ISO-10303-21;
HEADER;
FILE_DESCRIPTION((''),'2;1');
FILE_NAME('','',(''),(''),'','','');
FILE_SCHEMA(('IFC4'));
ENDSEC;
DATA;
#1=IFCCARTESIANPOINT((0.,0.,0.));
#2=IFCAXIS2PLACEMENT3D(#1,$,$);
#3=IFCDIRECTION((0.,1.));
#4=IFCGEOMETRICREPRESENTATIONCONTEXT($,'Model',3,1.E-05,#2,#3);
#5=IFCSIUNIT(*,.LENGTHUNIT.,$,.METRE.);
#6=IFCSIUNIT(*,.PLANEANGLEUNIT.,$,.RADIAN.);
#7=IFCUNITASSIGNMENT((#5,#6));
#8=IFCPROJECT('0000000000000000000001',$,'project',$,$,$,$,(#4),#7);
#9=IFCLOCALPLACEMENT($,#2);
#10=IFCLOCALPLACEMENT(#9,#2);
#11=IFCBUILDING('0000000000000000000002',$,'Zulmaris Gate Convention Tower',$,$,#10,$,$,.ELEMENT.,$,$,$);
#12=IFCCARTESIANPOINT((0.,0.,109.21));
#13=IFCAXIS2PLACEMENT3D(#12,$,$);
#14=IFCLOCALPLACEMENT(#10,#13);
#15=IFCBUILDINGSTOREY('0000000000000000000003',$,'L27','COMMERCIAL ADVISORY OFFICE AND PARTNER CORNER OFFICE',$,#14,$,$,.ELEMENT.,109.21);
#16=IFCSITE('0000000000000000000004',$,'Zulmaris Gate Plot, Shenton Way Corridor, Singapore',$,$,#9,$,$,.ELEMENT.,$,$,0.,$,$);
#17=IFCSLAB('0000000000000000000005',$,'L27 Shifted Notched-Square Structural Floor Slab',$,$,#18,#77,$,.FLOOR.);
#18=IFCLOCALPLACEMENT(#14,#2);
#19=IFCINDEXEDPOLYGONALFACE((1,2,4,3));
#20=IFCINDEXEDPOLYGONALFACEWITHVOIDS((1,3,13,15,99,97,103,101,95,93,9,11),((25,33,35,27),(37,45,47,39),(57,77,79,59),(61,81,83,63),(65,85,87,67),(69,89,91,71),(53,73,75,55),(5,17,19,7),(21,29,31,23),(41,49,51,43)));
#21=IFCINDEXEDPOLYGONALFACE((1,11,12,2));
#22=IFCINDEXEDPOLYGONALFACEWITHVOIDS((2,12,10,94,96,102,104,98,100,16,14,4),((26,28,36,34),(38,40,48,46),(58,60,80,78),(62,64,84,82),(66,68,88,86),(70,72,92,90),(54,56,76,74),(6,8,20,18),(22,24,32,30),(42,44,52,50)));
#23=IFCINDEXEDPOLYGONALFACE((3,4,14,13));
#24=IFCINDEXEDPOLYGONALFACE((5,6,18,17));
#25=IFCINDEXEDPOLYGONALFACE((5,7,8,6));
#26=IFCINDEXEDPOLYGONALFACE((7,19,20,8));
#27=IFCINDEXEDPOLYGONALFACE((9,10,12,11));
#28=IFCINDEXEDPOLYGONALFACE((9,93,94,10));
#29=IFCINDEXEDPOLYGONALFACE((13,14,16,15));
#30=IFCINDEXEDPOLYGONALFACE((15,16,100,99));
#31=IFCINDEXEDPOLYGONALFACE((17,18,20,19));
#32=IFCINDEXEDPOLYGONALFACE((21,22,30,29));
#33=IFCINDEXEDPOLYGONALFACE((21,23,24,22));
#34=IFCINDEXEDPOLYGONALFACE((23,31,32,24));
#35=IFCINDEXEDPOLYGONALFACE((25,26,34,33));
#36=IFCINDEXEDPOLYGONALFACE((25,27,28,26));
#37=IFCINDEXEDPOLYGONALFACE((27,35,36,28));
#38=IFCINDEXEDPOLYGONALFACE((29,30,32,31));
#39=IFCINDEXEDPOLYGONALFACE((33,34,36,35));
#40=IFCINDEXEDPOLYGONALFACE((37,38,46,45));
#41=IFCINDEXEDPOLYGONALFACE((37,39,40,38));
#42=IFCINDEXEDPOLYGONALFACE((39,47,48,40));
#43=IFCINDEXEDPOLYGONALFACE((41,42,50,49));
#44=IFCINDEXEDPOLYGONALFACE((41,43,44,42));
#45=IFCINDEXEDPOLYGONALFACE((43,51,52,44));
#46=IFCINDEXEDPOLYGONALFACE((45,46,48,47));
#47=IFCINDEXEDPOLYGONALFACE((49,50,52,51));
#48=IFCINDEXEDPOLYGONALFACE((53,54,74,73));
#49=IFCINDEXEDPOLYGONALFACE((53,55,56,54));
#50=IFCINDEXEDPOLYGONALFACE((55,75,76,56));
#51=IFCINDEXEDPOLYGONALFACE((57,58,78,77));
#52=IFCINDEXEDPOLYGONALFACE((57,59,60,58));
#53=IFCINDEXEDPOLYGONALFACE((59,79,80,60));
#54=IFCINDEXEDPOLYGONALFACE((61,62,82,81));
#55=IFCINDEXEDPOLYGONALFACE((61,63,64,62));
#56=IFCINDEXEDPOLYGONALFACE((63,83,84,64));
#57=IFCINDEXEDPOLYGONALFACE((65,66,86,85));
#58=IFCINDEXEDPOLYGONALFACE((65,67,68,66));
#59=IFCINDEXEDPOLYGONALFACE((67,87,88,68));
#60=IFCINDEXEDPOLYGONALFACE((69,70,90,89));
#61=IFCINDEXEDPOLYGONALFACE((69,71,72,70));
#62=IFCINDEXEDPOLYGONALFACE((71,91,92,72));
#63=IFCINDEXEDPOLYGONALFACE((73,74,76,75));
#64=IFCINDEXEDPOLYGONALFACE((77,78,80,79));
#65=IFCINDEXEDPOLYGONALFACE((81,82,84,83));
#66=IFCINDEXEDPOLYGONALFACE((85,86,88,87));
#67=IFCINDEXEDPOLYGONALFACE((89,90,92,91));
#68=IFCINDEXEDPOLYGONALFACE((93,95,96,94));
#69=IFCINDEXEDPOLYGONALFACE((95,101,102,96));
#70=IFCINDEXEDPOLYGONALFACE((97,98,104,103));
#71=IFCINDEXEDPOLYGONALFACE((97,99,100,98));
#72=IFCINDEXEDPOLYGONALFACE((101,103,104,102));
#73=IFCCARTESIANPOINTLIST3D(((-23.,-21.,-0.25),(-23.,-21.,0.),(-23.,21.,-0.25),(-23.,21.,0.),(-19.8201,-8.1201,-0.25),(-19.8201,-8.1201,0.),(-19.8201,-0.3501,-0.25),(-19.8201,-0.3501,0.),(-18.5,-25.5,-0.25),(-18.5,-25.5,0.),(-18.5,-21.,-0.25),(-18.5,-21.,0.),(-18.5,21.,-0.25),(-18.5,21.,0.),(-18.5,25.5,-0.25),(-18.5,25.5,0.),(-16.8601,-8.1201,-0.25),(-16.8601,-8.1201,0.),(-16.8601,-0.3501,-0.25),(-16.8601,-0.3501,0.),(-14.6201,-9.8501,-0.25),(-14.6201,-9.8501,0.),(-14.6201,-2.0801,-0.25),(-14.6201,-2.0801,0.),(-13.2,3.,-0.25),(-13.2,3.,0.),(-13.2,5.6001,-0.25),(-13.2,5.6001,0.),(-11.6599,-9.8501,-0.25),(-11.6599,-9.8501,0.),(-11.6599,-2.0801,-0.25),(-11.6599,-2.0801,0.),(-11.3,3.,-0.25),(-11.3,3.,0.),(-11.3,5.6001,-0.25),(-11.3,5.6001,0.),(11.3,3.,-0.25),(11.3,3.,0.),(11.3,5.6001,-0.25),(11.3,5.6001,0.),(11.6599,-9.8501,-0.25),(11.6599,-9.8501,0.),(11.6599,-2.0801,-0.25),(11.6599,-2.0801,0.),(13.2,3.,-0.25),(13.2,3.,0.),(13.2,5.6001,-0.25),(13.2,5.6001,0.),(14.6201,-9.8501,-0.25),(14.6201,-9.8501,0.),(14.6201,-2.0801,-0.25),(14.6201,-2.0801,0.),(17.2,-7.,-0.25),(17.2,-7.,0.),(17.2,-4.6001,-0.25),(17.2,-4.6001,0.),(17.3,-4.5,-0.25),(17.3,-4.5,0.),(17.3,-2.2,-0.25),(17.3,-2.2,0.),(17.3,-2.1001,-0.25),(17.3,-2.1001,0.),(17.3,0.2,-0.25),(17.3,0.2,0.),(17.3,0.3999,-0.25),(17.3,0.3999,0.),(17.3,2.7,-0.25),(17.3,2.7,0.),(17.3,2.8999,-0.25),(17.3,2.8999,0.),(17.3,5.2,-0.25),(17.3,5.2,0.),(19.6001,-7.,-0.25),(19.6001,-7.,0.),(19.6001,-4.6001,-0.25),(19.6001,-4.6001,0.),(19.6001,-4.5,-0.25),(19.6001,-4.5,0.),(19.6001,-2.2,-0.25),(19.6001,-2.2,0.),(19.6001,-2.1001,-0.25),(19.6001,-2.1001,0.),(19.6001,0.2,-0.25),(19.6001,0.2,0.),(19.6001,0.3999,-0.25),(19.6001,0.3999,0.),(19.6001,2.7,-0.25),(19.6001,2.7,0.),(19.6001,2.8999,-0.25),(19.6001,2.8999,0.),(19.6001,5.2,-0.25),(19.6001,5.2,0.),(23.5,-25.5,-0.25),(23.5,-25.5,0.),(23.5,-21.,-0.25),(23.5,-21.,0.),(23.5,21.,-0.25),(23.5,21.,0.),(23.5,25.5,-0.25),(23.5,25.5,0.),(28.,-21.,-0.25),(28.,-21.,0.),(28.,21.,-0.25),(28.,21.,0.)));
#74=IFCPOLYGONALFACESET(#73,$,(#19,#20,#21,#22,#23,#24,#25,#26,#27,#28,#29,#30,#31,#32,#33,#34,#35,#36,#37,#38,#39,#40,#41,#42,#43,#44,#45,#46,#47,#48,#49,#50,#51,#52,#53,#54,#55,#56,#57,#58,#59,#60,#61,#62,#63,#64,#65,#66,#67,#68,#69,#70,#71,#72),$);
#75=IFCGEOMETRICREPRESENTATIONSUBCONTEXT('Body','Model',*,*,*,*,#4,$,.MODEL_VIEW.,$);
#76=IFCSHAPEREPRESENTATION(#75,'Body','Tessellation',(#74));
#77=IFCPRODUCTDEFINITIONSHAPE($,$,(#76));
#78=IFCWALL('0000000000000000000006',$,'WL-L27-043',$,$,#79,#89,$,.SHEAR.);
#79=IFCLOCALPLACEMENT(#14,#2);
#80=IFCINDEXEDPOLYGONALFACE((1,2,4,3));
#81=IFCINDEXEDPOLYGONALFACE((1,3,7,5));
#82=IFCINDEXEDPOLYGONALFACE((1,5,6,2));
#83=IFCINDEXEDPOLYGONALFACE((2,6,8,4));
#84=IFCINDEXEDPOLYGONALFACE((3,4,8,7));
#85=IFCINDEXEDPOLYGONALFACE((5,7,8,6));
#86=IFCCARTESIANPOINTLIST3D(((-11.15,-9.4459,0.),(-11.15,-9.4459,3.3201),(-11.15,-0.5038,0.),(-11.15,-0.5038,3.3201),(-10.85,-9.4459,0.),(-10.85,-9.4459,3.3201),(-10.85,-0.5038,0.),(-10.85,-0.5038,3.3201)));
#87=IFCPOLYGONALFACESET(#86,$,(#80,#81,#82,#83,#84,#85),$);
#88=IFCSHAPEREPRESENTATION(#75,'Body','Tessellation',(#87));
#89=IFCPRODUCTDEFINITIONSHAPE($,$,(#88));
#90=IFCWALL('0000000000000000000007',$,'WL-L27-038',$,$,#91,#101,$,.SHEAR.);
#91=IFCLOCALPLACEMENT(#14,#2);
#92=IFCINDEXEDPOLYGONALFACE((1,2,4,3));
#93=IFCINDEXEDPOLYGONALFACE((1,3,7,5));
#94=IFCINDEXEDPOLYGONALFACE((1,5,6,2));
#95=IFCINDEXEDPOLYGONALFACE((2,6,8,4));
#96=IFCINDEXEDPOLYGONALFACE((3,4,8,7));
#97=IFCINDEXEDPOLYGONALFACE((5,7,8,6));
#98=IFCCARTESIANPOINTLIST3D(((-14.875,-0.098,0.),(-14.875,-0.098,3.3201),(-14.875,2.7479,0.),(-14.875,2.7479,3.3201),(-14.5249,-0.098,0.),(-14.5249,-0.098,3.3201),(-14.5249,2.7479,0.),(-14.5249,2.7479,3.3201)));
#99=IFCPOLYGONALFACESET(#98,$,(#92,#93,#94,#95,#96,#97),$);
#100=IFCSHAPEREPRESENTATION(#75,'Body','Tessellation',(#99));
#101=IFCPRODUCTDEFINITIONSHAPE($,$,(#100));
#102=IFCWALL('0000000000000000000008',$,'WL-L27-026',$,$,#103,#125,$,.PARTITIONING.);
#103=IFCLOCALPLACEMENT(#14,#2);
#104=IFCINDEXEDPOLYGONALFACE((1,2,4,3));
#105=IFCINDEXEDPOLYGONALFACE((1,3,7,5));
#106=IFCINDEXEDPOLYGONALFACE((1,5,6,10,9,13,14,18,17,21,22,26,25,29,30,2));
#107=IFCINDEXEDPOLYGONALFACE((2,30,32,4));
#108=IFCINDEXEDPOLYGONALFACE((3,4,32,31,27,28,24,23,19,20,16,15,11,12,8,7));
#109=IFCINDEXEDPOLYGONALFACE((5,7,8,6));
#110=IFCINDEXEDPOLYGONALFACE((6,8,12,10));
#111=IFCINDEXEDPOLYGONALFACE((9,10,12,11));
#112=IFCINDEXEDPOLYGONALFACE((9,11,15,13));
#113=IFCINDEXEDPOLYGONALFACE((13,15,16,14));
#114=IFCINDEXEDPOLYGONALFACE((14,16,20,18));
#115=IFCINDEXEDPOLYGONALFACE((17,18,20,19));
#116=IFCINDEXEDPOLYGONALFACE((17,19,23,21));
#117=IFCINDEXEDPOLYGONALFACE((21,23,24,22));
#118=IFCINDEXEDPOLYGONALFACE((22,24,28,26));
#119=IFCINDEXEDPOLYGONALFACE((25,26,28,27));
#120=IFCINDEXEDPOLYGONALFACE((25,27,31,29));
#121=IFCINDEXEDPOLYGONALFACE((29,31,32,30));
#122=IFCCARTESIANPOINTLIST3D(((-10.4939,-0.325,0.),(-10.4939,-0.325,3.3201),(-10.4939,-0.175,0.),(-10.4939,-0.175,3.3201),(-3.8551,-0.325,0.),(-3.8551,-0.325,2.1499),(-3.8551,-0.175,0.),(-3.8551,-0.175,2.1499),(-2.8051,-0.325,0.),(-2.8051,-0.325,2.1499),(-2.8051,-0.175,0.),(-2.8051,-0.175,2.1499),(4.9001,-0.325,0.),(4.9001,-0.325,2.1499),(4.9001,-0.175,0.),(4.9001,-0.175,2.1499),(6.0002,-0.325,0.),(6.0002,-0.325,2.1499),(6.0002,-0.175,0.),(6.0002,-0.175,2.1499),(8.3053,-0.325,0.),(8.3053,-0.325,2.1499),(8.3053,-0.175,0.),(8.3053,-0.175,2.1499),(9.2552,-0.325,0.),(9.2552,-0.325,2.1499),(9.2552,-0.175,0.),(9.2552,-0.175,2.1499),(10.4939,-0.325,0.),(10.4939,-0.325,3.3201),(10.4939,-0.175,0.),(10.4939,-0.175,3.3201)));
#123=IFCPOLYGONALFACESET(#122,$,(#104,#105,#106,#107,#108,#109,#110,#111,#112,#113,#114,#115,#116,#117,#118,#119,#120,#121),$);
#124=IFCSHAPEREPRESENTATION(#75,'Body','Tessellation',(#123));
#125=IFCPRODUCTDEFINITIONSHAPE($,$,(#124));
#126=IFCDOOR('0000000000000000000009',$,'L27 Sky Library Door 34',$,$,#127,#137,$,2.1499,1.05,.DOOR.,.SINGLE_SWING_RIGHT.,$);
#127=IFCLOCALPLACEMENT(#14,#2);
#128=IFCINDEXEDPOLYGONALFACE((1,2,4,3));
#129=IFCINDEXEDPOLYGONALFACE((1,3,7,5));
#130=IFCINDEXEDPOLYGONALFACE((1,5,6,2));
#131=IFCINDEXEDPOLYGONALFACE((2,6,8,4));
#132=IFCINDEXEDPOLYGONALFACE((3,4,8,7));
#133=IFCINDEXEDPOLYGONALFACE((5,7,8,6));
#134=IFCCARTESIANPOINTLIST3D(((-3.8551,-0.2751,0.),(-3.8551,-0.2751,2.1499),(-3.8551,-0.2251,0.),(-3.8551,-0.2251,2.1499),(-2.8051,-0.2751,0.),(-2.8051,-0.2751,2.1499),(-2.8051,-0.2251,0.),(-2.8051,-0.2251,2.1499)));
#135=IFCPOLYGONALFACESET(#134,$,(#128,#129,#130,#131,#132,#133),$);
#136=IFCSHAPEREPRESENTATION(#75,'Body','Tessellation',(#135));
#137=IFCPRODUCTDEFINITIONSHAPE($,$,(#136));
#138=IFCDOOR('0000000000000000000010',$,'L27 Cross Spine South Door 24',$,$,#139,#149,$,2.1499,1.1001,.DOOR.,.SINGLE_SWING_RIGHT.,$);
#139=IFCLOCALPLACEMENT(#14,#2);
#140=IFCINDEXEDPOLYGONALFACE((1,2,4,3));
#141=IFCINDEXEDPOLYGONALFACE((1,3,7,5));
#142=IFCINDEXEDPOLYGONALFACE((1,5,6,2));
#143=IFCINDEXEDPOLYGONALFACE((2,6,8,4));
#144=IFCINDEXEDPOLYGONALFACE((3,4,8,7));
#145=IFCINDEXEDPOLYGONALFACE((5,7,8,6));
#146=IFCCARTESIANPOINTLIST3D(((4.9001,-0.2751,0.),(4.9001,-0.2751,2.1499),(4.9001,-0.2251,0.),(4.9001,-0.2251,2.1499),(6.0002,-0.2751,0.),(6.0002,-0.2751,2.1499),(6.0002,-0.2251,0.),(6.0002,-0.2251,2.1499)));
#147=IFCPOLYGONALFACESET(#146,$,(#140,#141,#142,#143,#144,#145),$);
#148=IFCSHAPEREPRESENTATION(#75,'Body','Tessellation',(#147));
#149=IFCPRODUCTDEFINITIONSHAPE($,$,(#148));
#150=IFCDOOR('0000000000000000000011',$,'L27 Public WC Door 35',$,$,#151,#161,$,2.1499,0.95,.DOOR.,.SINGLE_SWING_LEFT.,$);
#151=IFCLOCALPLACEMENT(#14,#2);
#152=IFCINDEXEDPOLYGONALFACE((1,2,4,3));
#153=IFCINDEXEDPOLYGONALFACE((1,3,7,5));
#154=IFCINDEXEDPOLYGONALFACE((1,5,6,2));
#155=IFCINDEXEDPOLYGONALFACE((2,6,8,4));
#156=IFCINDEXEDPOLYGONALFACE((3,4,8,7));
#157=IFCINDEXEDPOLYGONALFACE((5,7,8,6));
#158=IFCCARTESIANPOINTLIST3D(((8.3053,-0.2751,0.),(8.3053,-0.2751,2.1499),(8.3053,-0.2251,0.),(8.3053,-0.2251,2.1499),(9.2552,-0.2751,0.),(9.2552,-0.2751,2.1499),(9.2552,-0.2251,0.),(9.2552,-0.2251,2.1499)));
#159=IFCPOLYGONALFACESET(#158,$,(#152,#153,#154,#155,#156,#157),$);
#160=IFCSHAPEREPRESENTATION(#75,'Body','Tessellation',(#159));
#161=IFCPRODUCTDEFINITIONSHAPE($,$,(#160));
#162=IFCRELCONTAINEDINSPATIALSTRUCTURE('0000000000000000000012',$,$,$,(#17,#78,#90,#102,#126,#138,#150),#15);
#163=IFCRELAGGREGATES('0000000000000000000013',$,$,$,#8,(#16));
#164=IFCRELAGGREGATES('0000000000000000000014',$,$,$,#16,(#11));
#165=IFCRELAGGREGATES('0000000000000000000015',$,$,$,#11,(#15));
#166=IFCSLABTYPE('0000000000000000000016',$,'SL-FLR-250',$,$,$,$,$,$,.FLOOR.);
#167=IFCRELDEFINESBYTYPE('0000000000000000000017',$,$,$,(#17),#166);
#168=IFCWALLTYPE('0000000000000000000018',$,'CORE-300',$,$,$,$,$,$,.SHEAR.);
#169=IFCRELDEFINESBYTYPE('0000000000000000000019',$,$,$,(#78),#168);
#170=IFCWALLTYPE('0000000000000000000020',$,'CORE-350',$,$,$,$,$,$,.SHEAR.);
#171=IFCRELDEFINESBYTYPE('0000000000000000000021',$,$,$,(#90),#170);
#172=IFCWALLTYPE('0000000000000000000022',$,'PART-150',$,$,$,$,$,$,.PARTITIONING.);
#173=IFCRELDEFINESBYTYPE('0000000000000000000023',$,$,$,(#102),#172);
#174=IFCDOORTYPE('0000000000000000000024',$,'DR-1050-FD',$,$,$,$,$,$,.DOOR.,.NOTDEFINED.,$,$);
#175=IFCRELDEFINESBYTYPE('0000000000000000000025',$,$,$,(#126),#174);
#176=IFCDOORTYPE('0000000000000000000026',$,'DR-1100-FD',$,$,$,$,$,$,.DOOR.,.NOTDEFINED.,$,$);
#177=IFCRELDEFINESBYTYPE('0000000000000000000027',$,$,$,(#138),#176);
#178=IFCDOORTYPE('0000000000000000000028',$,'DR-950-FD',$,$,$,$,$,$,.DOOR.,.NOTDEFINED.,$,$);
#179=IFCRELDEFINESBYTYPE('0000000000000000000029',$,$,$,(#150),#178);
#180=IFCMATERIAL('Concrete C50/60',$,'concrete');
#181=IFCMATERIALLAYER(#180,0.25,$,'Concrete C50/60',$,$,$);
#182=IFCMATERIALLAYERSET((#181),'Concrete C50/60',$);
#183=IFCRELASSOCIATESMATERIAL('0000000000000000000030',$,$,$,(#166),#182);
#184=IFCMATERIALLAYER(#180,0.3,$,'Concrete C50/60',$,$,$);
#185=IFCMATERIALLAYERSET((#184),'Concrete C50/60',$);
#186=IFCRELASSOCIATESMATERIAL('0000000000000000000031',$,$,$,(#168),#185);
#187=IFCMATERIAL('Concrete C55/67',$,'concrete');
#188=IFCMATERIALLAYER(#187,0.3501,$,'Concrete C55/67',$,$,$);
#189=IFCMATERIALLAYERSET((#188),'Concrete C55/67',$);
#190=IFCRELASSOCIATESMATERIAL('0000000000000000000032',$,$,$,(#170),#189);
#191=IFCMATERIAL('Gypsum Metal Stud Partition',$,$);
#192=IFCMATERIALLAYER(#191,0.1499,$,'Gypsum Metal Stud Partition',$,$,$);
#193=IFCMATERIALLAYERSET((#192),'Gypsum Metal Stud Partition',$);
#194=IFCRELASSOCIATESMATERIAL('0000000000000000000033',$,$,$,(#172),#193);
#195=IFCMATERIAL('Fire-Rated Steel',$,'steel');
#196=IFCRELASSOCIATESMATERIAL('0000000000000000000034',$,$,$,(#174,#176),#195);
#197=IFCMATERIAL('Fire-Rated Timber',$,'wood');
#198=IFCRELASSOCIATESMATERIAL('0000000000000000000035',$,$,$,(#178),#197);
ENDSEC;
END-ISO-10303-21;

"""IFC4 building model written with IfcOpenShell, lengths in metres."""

from ifc_helpers import new_model, si_unit, direction, frame, frame_2d, origin, place, context, subcontext, project, spatial, polyline, rectangle, outline, extrude, material, layer, layer_set, type_object, element, fill, save


model = new_model("IFC4")

# Units and contexts
model_context = context("Model", 3, precision=1e-05, world=origin(), true_north=direction((0.0, 1.0)))
body_context = subcontext(model_context, "Body", "Model", "MODEL_VIEW")
ifc_project = project(units=[si_unit("LENGTHUNIT", "METRE"), si_unit("PLANEANGLEUNIT", "RADIAN")], contexts=[model_context])

# Site, building, storey
site_placement = place(None, origin())
site = spatial("IfcSite", under=ifc_project, at=site_placement, Name="Zulmaris Gate Plot, Shenton Way Corridor, Singapore", CompositionType="ELEMENT", RefElevation=0.0)
building_placement = place(site_placement, origin())
building = spatial("IfcBuilding", under=site, at=building_placement, Name="Zulmaris Gate Convention Tower", CompositionType="ELEMENT")
storey_placement = place(building_placement, frame((0.0, 0.0, 109.21)))
storey = spatial("IfcBuildingStorey", under=building, at=storey_placement, Name="L27", Description="COMMERCIAL ADVISORY OFFICE AND PARTNER CORNER OFFICE", CompositionType="ELEMENT", Elevation=109.21)

# Slab
ifc_material_1 = material(Name="Concrete C50/60", Category="concrete")
ifc_layer_1 = layer(ifc_material_1, 0.25, Name="Concrete C50/60")
ifc_layer_set_1 = layer_set([ifc_layer_1], Name="Concrete C50/60")
slab_type_1 = type_object("IfcSlabType", Name="SL-FLR-250", PredefinedType="FLOOR", material=ifc_layer_set_1)
slab_1_placement = place(storey_placement, frame((0.0, 0.0, -0.25)))
element("IfcSlab", 1, at=slab_1_placement, inside=storey, type_object=slab_type_1, Name="L27 Shifted Notched-Square Structural Floor Slab", PredefinedType="FLOOR", context=body_context, shape_type="SweptSolid", body=[
    extrude(outline(polyline([(-18.5, -25.5), (23.5, -25.5), (23.5, -21.0), (28.0, -21.0), (28.0, 21.0), (23.5, 21.0), (23.5, 25.5), (-18.5, 25.5), (-18.5, 21.0), (-23.0, 21.0), (-23.0, -21.0), (-18.5, -21.0), (-18.5, -25.5)]), holes=[polyline([(-14.6201, -2.0801), (-14.6201, -9.8501), (-11.6599, -9.8501), (-11.6599, -2.0801), (-14.6201, -2.0801)]), polyline([(11.6599, -2.0801), (11.6599, -9.8501), (14.6201, -9.8501), (14.6201, -2.0801), (11.6599, -2.0801)]), polyline([(-16.8601, -8.1201), (-16.8601, -0.3501), (-19.8201, -0.3501), (-19.8201, -8.1201), (-16.8601, -8.1201)]), polyline([(-13.2, 3.0), (-11.3, 3.0), (-11.3, 5.6001), (-13.2, 5.6001), (-13.2, 3.0)]), polyline([(11.3, 3.0), (13.2, 3.0), (13.2, 5.6001), (11.3, 5.6001), (11.3, 3.0)]), polyline([(17.2, -7.0), (19.6001, -7.0), (19.6001, -4.6001), (17.2, -4.6001), (17.2, -7.0)]), polyline([(17.3, -4.5), (19.6001, -4.5), (19.6001, -2.2), (17.3, -2.2), (17.3, -4.5)]), polyline([(17.3, -2.1001), (19.6001, -2.1001), (19.6001, 0.2), (17.3, 0.2), (17.3, -2.1001)]), polyline([(17.3, 0.3999), (19.6001, 0.3999), (19.6001, 2.7), (17.3, 2.7), (17.3, 0.3999)]), polyline([(17.3, 2.8999), (19.6001, 2.8999), (19.6001, 5.2), (17.3, 5.2), (17.3, 2.8999)])]), origin(), (0.0, 0.0, 1.0), 0.25),
])

# Walls
ifc_layer_2 = layer(ifc_material_1, 0.3, Name="Concrete C50/60")
ifc_layer_set_2 = layer_set([ifc_layer_2], Name="Concrete C50/60")
wall_type_1 = type_object("IfcWallType", Name="CORE-300", PredefinedType="SHEAR", material=ifc_layer_set_2)
wall_1_placement = place(storey_placement, frame((-11.0, -9.446, 0.0), z_axis=(0.0, 0.0, 1.0), x_axis=(0.0, 1.0, 0.0)))
element("IfcWall", 2, at=wall_1_placement, inside=storey, type_object=wall_type_1, Name="WL-L27-043", PredefinedType="SHEAR", context=body_context, shape_type="SweptSolid", body=[
    extrude(rectangle(XDim=8.9421, YDim=0.3, at=frame_2d((4.4712, 0.0))), origin(), (0.0, 0.0, 1.0), 3.3201),
])
ifc_material_2 = material(Name="Concrete C55/67", Category="concrete")
ifc_layer_3 = layer(ifc_material_2, 0.3501, Name="Concrete C55/67")
ifc_layer_set_3 = layer_set([ifc_layer_3], Name="Concrete C55/67")
wall_type_2 = type_object("IfcWallType", Name="CORE-350", PredefinedType="SHEAR", material=ifc_layer_set_3)
wall_2_placement = place(storey_placement, frame((-14.7, -0.0979, 0.0), z_axis=(0.0, 0.0, 1.0), x_axis=(0.0, 1.0, 0.0)))
element("IfcWall", 3, at=wall_2_placement, inside=storey, type_object=wall_type_2, Name="WL-L27-038", PredefinedType="SHEAR", context=body_context, shape_type="SweptSolid", body=[
    extrude(rectangle(XDim=2.8459, YDim=0.3501, at=frame_2d((1.4229, 0.0))), origin(), (0.0, 0.0, 1.0), 3.3201),
])

# Wall, openings, doors
ifc_material_3 = material(Name="Gypsum Metal Stud Partition")
ifc_layer_4 = layer(ifc_material_3, 0.1499, Name="Gypsum Metal Stud Partition")
ifc_layer_set_4 = layer_set([ifc_layer_4], Name="Gypsum Metal Stud Partition")
wall_type_3 = type_object("IfcWallType", Name="PART-150", PredefinedType="PARTITIONING", material=ifc_layer_set_4)
wall_3_placement = place(storey_placement, frame((-10.4939, -0.25, 0.0), z_axis=(0.0, 0.0, 1.0), x_axis=(1.0, 0.0, 0.0)))
wall_3 = element("IfcWall", 4, at=wall_3_placement, inside=storey, type_object=wall_type_3, Name="WL-L27-026", PredefinedType="PARTITIONING", context=body_context, shape_type="SweptSolid", body=[
    extrude(rectangle(XDim=20.9878, YDim=0.1499, at=frame_2d((10.4939, 0.0))), origin(), (0.0, 0.0, 1.0), 3.3201),
])
opening_1_placement = place(wall_3_placement, frame((15.394, 0.0, 0.0)))
opening_1 = element("IfcOpeningElement", 5, at=opening_1_placement, cuts=wall_3, PredefinedType="OPENING", context=body_context, shape_type="SweptSolid", body=[
    extrude(rectangle(XDim=1.1001, YDim=2.1499, at=frame_2d((0.55, 1.075))), frame((0.0, 0.085, 0.0), z_axis=(0.0, -1.0, 0.0), x_axis=(1.0, 0.0, 0.0)), (0.0, 0.0, 1.0), 0.1699),
])
opening_2_placement = place(wall_3_placement, frame((6.6389, 0.0, 0.0)))
opening_2 = element("IfcOpeningElement", 6, at=opening_2_placement, cuts=wall_3, PredefinedType="OPENING", context=body_context, shape_type="SweptSolid", body=[
    extrude(rectangle(XDim=1.05, YDim=2.1499, at=frame_2d((0.5249, 1.075))), frame((0.0, 0.085, 0.0), z_axis=(0.0, -1.0, 0.0), x_axis=(1.0, 0.0, 0.0)), (0.0, 0.0, 1.0), 0.1699),
])
opening_3_placement = place(wall_3_placement, frame((18.7991, 0.0, 0.0)))
opening_3 = element("IfcOpeningElement", 7, at=opening_3_placement, cuts=wall_3, PredefinedType="OPENING", context=body_context, shape_type="SweptSolid", body=[
    extrude(rectangle(XDim=0.95, YDim=2.1499, at=frame_2d((0.4751, 1.075))), frame((0.0, 0.085, 0.0), z_axis=(0.0, -1.0, 0.0), x_axis=(1.0, 0.0, 0.0)), (0.0, 0.0, 1.0), 0.1699),
])
ifc_material_4 = material(Name="Fire-Rated Steel", Category="steel")
door_type_1 = type_object("IfcDoorType", Name="DR-1050-FD", OperationType="NOTDEFINED", PredefinedType="DOOR", material=ifc_material_4)
door_1_placement = place(opening_2_placement, origin())
door_1 = element("IfcDoor", 8, at=door_1_placement, inside=storey, type_object=door_type_1, Name="L27 Sky Library Door 34", OperationType="SINGLE_SWING_RIGHT", OverallHeight=2.1499, OverallWidth=1.05, PredefinedType="DOOR", context=body_context, shape_type="SweptSolid", body=[
    extrude(rectangle(XDim=1.05, YDim=2.1499, at=frame_2d((0.5249, 1.075))), frame((0.0, 0.0249, 0.0), z_axis=(0.0, -1.0, 0.0), x_axis=(1.0, 0.0, 0.0)), (0.0, 0.0, 1.0), 0.05),
])
fill(opening_2, door_1)
door_type_2 = type_object("IfcDoorType", Name="DR-1100-FD", OperationType="NOTDEFINED", PredefinedType="DOOR", material=ifc_material_4)
door_2_placement = place(opening_1_placement, origin())
door_2 = element("IfcDoor", 9, at=door_2_placement, inside=storey, type_object=door_type_2, Name="L27 Cross Spine South Door 24", OperationType="SINGLE_SWING_RIGHT", OverallHeight=2.1499, OverallWidth=1.1001, PredefinedType="DOOR", context=body_context, shape_type="SweptSolid", body=[
    extrude(rectangle(XDim=1.1001, YDim=2.1499, at=frame_2d((0.55, 1.075))), frame((0.0, 0.0249, 0.0), z_axis=(0.0, -1.0, 0.0), x_axis=(1.0, 0.0, 0.0)), (0.0, 0.0, 1.0), 0.05),
])
fill(opening_1, door_2)
ifc_material_5 = material(Name="Fire-Rated Timber", Category="wood")
door_type_3 = type_object("IfcDoorType", Name="DR-950-FD", OperationType="NOTDEFINED", PredefinedType="DOOR", material=ifc_material_5)
door_3_placement = place(opening_3_placement, origin())
door_3 = element("IfcDoor", 10, at=door_3_placement, inside=storey, type_object=door_type_3, Name="L27 Public WC Door 35", OperationType="SINGLE_SWING_LEFT", OverallHeight=2.1499, OverallWidth=0.95, PredefinedType="DOOR", context=body_context, shape_type="SweptSolid", body=[
    extrude(rectangle(XDim=0.95, YDim=2.1499, at=frame_2d((0.4751, 1.075))), frame((0.0, 0.0249, 0.0), z_axis=(0.0, -1.0, 0.0), x_axis=(1.0, 0.0, 0.0)), (0.0, 0.0, 1.0), 0.05),
])
fill(opening_3, door_3)

save(model, "model.ifc")
